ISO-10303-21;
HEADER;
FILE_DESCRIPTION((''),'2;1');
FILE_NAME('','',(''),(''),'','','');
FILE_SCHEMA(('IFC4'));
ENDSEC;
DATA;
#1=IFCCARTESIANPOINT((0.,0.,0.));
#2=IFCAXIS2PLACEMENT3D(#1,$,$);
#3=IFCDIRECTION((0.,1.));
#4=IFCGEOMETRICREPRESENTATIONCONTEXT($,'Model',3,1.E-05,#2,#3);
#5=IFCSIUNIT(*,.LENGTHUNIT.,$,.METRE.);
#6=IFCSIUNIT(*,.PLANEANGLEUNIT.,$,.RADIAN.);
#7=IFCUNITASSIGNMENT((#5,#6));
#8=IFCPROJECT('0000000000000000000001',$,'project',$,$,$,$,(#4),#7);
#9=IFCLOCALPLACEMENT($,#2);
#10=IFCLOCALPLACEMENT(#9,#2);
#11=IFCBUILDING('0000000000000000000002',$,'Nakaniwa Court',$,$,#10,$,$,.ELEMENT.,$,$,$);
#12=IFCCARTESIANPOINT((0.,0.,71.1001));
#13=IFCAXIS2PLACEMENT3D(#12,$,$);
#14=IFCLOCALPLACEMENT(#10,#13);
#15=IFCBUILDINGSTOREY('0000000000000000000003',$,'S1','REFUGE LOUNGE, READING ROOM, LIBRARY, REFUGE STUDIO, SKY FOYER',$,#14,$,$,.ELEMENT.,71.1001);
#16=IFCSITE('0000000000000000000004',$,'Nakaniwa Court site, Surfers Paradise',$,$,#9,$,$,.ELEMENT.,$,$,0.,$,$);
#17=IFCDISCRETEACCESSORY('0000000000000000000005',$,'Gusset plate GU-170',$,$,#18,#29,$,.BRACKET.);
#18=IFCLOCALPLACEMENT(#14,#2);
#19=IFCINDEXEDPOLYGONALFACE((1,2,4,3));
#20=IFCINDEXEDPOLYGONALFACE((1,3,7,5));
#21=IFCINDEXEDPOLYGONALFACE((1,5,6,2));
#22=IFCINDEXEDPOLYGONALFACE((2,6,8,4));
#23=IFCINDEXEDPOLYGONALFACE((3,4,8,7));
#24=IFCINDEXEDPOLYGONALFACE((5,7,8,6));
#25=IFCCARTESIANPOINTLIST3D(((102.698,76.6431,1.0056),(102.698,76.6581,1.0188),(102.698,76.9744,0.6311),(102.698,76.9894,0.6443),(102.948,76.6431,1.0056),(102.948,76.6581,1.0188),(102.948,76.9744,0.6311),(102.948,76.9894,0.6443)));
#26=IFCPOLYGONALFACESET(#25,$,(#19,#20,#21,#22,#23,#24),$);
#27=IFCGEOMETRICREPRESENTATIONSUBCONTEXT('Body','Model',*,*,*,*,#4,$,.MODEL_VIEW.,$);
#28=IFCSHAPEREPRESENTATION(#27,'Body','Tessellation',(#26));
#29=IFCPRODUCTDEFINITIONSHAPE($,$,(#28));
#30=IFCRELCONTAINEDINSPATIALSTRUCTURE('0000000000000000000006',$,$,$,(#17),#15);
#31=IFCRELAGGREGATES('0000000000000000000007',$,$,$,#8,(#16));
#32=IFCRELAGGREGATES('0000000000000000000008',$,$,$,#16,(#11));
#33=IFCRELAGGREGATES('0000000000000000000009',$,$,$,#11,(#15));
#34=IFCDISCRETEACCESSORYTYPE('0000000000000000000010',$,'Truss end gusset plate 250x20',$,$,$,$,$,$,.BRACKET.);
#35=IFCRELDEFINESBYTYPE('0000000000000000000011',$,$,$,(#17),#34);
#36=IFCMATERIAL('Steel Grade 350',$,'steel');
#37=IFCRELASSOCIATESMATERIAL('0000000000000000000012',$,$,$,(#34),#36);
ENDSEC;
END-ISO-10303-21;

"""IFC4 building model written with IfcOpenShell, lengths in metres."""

from ifc_helpers import new_model, si_unit, direction, frame, origin, origin_2d, place, context, subcontext, project, spatial, rectangle, extrude, material, material_profile, profile_set, type_object, element, save


model = new_model("IFC4")

# Units and contexts
model_context = context("Model", 3, precision=1e-05, world=origin(), true_north=direction((0.0, 1.0)))
body_context = subcontext(model_context, "Body", "Model", "MODEL_VIEW")
ifc_project = project(units=[si_unit("LENGTHUNIT", "METRE"), si_unit("PLANEANGLEUNIT", "RADIAN")], contexts=[model_context])

# Site, building, storey
site_placement = place(None, origin())
site = spatial("IfcSite", under=ifc_project, at=site_placement, Name="Nakaniwa Court site, Surfers Paradise", CompositionType="ELEMENT", RefElevation=0.0)
building_placement = place(site_placement, origin())
building = spatial("IfcBuilding", under=site, at=building_placement, Name="Nakaniwa Court", CompositionType="ELEMENT")
storey_placement = place(building_placement, frame((0.0, 0.0, 71.1001)))
storey = spatial("IfcBuildingStorey", under=building, at=storey_placement, Name="S1", Description="REFUGE LOUNGE, READING ROOM, LIBRARY, REFUGE STUDIO, SKY FOYER", CompositionType="ELEMENT", Elevation=71.1001)

# Shared definitions
ifc_material_1 = material(Name="Steel Grade 350", Category="steel")

# Discrete accessory
ifc_material_profile_1 = material_profile(ifc_material_1, rectangle(XDim=0.25, YDim=0.02, at=origin_2d()), Name="Truss end gusset plate 250x20")
ifc_profile_set_1 = profile_set([ifc_material_profile_1], Name="Steel Grade 350")
discrete_accessory_type = type_object("IfcDiscreteAccessoryType", Name="Truss end gusset plate 250x20", PredefinedType="BRACKET", material=ifc_profile_set_1)
discrete_accessory_1_placement = place(storey_placement, frame((102.823, 76.6506, 1.0122), z_axis=(0.0, 0.662574, -0.748997), x_axis=(-1.0, 0.0, 0.0)))
element("IfcDiscreteAccessory", 1, at=discrete_accessory_1_placement, inside=storey, type_object=discrete_accessory_type, Name="Gusset plate GU-170", PredefinedType="BRACKET", context=body_context, shape_type="SweptSolid", body=[
    extrude(rectangle(XDim=0.25, YDim=0.02, at=origin_2d()), origin(), (0.0, 0.0, 1.0), 0.5),
])

save(model, "model.ifc")
